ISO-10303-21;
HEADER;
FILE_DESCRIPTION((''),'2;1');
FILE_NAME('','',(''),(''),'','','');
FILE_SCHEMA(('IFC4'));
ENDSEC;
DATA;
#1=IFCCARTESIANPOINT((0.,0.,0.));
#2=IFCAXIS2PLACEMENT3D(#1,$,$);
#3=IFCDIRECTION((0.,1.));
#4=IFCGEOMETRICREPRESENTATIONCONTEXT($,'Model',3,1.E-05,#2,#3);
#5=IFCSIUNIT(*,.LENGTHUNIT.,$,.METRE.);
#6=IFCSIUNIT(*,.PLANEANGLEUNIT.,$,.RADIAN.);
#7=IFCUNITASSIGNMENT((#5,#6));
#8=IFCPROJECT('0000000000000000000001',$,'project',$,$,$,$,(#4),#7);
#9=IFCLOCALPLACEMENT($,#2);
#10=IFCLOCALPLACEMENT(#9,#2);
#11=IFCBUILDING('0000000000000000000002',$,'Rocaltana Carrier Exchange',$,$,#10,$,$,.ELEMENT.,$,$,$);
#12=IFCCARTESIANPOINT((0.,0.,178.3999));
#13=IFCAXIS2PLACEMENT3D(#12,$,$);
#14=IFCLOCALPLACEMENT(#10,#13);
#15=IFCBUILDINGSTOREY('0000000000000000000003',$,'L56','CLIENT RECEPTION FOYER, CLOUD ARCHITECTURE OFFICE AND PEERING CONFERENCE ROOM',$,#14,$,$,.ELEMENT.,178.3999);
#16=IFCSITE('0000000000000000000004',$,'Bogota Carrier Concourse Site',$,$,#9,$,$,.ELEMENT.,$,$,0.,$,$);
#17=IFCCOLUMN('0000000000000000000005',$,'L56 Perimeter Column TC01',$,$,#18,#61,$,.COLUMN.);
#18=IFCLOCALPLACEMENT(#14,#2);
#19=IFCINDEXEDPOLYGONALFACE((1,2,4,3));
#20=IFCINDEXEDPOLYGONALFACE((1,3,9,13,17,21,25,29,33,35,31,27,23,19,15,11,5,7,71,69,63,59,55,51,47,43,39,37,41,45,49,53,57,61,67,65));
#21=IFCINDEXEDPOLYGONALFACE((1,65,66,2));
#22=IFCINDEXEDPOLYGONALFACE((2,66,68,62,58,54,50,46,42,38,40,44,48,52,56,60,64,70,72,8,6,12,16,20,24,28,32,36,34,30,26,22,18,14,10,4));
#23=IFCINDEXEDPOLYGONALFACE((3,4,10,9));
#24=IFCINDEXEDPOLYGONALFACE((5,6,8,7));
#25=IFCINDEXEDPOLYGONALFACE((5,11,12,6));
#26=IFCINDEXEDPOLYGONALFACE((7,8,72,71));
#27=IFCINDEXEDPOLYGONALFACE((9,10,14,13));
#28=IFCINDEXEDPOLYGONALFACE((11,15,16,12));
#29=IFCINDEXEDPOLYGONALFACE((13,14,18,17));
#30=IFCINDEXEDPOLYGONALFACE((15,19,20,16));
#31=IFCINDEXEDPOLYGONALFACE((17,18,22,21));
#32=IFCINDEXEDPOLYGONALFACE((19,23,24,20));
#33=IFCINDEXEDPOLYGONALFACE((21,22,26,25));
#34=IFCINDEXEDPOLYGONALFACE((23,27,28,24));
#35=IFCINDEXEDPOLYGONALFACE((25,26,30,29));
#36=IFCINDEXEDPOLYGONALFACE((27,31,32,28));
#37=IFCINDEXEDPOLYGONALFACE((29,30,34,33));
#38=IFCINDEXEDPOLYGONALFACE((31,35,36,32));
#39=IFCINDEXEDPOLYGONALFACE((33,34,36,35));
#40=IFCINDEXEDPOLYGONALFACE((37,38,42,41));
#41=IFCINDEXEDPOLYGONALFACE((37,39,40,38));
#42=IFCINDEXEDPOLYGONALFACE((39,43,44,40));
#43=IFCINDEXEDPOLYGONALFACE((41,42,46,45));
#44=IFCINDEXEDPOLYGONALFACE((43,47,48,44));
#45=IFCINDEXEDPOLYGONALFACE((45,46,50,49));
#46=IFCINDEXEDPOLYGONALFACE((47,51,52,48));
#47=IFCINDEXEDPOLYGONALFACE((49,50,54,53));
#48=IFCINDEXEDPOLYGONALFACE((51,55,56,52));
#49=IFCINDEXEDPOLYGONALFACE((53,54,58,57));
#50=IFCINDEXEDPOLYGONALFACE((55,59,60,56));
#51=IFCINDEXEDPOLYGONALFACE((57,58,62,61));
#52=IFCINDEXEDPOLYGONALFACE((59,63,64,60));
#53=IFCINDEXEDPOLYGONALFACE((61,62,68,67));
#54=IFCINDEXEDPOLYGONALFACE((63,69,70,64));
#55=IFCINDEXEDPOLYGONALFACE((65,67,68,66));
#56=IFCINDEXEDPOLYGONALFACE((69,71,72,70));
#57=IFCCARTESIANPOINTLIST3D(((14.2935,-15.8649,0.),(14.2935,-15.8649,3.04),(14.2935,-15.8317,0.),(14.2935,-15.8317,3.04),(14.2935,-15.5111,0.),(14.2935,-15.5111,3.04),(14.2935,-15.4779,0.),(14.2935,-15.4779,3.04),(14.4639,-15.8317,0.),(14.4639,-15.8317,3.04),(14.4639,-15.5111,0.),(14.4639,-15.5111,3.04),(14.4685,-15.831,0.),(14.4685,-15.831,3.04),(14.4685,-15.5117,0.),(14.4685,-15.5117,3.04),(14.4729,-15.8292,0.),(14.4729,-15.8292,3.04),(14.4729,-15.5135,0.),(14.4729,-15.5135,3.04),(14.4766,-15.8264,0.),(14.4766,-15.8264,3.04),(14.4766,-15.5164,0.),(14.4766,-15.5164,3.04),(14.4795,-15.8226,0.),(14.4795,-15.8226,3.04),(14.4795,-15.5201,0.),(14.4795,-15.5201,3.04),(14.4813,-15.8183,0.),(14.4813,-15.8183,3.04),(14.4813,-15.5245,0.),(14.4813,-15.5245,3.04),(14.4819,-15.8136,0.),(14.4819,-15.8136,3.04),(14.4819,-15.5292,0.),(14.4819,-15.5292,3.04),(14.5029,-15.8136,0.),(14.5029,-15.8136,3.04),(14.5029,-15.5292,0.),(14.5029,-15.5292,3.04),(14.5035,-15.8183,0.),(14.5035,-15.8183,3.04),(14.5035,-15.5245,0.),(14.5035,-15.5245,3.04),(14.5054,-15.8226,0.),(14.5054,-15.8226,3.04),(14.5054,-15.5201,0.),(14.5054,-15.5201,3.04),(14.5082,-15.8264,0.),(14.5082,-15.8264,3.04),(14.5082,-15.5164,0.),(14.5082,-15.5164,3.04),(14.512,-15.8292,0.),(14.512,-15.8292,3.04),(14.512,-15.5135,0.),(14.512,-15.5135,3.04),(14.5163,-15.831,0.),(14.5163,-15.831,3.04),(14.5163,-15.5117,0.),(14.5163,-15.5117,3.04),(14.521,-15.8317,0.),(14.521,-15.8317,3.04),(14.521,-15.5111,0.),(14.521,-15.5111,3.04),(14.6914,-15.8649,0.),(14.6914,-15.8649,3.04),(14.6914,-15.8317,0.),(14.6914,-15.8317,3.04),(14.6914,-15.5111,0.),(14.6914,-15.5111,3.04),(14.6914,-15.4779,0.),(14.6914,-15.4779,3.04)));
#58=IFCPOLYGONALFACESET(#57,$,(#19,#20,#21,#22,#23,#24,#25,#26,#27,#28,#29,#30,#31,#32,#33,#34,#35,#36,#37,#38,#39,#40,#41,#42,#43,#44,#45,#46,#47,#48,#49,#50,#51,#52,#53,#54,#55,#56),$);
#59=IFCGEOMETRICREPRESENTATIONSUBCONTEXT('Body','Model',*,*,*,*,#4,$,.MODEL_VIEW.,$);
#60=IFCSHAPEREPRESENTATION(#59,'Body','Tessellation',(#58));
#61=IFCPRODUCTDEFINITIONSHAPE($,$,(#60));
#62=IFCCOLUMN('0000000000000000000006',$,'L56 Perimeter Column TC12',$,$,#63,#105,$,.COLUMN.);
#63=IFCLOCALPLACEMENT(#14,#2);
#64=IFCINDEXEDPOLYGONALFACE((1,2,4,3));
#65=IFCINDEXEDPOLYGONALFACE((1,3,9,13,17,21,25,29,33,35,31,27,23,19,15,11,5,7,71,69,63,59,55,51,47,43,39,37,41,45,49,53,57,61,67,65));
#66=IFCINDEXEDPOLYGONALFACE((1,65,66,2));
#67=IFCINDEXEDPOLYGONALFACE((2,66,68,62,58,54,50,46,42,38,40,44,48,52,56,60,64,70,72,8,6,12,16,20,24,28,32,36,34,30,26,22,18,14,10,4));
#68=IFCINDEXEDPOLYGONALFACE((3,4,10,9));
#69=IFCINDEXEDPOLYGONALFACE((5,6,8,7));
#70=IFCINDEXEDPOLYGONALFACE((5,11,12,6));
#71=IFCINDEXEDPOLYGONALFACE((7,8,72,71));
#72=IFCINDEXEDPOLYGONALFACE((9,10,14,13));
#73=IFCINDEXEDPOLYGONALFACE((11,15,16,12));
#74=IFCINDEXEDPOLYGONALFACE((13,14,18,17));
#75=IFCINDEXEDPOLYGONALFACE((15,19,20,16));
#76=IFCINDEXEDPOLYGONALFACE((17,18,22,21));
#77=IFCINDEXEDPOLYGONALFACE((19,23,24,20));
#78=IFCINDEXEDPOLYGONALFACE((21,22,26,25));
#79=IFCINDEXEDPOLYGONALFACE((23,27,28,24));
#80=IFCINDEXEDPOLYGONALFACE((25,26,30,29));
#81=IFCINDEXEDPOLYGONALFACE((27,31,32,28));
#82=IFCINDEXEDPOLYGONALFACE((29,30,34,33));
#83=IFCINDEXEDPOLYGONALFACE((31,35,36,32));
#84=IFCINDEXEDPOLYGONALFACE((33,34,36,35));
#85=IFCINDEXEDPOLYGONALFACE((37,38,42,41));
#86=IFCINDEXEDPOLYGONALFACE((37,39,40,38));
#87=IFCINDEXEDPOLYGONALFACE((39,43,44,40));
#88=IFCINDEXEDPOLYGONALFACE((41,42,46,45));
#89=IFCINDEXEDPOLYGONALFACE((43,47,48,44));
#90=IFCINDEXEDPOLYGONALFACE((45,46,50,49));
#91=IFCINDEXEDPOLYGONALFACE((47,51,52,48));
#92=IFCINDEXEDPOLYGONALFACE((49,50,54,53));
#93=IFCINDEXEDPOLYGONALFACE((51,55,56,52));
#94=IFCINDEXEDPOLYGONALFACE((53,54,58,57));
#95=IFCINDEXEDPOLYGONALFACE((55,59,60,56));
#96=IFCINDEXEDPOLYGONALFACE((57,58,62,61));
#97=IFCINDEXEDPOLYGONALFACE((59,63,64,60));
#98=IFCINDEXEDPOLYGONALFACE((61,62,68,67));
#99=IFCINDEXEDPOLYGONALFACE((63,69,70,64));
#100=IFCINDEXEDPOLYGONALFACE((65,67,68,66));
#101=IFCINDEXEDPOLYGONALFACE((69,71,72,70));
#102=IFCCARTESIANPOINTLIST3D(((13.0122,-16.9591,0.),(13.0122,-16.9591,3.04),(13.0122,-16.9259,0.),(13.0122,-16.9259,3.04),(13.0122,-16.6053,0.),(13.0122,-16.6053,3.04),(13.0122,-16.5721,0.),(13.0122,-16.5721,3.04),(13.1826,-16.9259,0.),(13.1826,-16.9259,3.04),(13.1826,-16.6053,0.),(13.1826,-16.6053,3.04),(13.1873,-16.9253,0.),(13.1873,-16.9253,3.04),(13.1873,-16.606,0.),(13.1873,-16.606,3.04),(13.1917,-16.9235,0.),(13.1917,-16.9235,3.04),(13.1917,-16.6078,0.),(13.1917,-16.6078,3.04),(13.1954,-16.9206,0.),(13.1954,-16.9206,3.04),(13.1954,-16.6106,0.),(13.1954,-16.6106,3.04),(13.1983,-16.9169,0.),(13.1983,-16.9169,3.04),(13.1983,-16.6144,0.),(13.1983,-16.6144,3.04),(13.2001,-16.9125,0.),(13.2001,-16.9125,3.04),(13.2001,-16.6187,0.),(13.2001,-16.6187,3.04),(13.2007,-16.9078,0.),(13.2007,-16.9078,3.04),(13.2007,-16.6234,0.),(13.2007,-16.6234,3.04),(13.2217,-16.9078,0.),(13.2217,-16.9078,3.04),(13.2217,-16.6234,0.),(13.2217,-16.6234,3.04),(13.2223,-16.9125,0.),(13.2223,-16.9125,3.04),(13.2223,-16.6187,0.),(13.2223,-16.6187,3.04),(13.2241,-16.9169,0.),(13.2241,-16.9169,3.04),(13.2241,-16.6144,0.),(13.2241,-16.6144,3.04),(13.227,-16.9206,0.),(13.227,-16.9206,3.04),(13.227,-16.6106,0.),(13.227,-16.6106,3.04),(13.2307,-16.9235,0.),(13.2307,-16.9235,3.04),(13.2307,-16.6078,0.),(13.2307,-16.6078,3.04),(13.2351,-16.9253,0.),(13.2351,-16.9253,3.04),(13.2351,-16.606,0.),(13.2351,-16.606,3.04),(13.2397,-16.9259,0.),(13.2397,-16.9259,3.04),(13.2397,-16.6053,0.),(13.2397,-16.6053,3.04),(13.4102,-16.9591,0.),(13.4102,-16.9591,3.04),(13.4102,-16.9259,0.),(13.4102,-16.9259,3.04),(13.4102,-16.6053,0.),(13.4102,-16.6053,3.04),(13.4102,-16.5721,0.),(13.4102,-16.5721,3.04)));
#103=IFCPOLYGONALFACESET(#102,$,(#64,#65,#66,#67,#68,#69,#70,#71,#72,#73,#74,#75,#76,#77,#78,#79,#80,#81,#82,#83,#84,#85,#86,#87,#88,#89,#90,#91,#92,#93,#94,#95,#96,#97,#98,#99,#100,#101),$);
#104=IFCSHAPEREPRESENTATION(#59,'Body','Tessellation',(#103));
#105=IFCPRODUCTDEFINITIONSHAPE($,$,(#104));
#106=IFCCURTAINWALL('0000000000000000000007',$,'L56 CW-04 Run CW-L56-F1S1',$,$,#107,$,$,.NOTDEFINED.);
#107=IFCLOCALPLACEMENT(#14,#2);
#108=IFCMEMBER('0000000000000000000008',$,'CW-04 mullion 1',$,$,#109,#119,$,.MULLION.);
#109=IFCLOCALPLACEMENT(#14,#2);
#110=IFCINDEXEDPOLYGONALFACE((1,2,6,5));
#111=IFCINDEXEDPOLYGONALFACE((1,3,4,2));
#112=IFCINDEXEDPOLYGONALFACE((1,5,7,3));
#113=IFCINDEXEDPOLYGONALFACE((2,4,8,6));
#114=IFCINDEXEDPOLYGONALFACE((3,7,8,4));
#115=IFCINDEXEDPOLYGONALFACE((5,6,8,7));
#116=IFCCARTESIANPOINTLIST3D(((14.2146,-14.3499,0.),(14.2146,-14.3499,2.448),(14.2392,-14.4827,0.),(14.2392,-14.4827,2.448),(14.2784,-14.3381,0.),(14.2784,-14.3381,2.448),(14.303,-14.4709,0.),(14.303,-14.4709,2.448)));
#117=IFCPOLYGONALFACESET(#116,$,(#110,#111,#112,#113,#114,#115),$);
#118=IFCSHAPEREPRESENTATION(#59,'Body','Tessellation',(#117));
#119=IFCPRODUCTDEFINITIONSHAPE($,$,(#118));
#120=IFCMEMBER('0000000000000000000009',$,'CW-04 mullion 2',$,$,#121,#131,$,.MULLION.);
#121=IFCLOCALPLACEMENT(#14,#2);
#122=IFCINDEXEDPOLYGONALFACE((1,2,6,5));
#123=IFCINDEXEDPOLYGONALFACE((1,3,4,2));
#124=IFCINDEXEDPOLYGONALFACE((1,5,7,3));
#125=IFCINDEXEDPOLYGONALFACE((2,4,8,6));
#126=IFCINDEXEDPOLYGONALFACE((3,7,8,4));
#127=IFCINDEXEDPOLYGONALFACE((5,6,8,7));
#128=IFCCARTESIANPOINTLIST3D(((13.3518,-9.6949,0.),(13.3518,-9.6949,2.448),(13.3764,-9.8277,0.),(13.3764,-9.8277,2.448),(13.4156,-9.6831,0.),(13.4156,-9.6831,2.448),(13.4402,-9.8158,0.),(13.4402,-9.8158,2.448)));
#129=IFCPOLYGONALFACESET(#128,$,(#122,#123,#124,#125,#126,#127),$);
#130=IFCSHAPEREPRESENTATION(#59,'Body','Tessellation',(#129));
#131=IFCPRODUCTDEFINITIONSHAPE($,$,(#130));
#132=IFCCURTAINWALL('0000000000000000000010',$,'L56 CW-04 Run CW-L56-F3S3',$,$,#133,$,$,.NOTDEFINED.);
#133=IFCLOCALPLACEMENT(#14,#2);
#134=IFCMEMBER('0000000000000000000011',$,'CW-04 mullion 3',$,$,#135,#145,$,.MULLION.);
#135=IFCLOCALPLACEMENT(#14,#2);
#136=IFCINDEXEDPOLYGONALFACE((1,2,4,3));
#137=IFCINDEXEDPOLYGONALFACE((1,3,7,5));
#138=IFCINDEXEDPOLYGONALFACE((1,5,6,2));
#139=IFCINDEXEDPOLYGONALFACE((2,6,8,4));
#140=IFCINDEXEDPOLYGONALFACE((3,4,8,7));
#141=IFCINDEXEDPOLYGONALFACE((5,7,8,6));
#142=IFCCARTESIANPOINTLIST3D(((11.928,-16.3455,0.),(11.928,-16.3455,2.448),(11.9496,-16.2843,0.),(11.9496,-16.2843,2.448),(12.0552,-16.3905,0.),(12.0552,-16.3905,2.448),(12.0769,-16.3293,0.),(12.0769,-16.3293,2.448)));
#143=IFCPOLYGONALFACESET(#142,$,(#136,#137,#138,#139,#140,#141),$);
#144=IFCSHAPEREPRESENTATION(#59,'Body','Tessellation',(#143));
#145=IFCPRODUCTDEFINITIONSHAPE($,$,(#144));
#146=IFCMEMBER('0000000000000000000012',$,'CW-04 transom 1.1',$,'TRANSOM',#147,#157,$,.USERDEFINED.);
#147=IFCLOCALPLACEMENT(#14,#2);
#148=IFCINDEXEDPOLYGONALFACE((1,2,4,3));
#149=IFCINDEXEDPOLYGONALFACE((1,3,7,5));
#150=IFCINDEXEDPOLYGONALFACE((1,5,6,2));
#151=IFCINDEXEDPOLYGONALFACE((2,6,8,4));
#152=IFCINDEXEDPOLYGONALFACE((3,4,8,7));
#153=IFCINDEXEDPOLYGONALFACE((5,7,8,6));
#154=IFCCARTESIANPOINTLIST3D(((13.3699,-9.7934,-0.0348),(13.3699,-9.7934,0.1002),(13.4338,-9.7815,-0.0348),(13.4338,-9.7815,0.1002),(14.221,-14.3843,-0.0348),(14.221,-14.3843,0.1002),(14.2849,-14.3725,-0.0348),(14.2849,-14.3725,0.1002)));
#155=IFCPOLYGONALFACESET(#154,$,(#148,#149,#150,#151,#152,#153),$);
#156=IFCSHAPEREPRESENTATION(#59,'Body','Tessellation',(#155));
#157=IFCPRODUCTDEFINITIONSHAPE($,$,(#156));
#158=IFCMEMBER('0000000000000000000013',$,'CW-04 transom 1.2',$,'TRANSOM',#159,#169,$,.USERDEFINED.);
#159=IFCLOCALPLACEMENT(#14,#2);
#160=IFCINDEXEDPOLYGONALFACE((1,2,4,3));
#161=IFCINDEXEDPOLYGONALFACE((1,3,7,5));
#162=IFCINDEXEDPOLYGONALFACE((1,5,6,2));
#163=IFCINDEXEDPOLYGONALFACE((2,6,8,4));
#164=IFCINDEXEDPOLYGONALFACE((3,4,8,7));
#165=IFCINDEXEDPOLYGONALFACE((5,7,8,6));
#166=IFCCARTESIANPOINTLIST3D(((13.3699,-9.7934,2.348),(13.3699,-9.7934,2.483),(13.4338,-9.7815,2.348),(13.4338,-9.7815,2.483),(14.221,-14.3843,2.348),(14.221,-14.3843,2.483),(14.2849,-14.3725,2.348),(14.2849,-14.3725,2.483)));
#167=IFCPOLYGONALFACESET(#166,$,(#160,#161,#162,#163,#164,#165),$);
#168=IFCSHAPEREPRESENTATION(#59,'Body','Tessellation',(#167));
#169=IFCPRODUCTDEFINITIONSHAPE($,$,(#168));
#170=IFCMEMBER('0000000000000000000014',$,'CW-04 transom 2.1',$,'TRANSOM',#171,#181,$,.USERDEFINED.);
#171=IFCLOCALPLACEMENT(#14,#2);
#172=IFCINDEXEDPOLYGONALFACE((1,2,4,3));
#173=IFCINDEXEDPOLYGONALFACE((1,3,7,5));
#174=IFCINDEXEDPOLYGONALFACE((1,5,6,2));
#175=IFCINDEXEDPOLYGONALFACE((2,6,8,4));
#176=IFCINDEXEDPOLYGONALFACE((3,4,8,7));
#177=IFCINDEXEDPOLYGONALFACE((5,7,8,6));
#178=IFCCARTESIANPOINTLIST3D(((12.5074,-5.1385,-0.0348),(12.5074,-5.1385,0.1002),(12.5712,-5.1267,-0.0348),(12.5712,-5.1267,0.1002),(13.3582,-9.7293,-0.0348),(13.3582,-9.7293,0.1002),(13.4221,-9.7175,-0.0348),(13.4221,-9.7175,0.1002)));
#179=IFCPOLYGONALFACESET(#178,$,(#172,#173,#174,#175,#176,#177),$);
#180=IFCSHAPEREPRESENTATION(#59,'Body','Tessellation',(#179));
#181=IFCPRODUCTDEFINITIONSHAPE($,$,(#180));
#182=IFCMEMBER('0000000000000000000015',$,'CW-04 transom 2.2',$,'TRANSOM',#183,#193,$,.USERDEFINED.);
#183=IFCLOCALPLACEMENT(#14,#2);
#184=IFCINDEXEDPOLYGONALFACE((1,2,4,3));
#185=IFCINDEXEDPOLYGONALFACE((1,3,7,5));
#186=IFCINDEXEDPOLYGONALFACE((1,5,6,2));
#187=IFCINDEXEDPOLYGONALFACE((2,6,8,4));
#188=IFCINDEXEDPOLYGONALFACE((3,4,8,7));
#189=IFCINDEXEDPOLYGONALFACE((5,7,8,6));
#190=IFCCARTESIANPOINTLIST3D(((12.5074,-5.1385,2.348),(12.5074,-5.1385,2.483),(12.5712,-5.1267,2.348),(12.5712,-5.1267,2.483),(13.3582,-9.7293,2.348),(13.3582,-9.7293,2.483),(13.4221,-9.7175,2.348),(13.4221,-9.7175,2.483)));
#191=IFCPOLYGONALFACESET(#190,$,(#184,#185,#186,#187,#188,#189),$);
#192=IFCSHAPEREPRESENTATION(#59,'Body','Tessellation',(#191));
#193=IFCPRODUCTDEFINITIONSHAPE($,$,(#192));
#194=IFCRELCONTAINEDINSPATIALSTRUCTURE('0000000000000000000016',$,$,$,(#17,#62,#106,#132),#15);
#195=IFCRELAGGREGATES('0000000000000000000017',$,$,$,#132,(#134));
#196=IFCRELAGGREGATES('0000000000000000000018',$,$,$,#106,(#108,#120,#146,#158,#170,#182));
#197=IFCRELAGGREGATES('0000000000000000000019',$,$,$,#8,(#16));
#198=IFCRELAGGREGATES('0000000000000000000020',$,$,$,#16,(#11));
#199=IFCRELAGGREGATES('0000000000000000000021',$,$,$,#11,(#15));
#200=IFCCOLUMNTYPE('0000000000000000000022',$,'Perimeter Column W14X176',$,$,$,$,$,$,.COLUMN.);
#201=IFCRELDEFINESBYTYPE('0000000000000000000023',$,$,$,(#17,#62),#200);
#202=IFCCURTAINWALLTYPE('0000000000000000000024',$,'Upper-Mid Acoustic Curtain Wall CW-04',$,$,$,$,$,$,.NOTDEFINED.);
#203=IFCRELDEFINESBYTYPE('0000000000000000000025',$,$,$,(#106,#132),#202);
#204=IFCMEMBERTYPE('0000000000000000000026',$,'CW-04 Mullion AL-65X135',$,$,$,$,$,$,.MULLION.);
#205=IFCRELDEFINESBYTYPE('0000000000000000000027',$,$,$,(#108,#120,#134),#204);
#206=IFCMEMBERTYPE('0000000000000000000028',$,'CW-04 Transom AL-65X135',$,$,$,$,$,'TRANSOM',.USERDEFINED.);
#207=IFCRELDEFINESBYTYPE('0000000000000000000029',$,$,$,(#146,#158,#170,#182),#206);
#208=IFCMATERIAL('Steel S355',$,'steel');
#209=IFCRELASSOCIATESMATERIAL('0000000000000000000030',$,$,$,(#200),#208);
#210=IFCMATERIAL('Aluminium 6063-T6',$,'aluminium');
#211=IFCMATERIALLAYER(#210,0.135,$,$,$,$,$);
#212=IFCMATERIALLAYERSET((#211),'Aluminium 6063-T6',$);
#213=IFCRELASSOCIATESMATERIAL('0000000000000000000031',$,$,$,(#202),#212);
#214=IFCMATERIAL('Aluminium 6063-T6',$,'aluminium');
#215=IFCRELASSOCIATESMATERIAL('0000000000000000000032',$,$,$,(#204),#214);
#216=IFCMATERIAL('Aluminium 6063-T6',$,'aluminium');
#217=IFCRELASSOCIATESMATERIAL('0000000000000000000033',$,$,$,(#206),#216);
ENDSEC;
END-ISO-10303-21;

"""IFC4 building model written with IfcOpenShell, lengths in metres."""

from ifc_helpers import new_model, si_unit, direction, frame, origin, origin_2d, place, context, subcontext, project, spatial, rectangle, i_section, extrude, material, layer, layer_set, material_profile, profile_set, type_object, element, aggregate, save


model = new_model("IFC4")

# Units and contexts
model_context = context("Model", 3, precision=1e-05, world=origin(), true_north=direction((0.0, 1.0)))
body_context = subcontext(model_context, "Body", "Model", "MODEL_VIEW")
ifc_project = project(units=[si_unit("LENGTHUNIT", "METRE"), si_unit("PLANEANGLEUNIT", "RADIAN")], contexts=[model_context])

# Site, building, storey
site_placement = place(None, origin())
site = spatial("IfcSite", under=ifc_project, at=site_placement, Name="Bogota Carrier Concourse Site", CompositionType="ELEMENT", RefElevation=0.0)
building_placement = place(site_placement, origin())
building = spatial("IfcBuilding", under=site, at=building_placement, Name="Rocaltana Carrier Exchange", CompositionType="ELEMENT")
storey_placement = place(building_placement, frame((0.0, 0.0, 178.3999)))
storey = spatial("IfcBuildingStorey", under=building, at=storey_placement, Name="L56", Description="CLIENT RECEPTION FOYER, CLOUD ARCHITECTURE OFFICE AND PEERING CONFERENCE ROOM", CompositionType="ELEMENT", Elevation=178.3999)

# Columns
ifc_material_1 = material(Name="Steel S355", Category="steel")
ifc_material_profile_1 = material_profile(ifc_material_1, i_section(OverallWidth=0.3979, OverallDepth=0.387, WebThickness=0.021, FlangeThickness=0.0332, FilletRadius=0.0181, at=origin_2d()), Name="W14X176")
ifc_profile_set_1 = profile_set([ifc_material_profile_1], Name="Steel S355")
column_type = type_object("IfcColumnType", Name="Perimeter Column W14X176", PredefinedType="COLUMN", material=ifc_profile_set_1)
for number, where, z_axis, x_axis, name in (
    (1, (14.4924, -15.6714, 0.0), (0.0, 0.0, 1.0), (1.0, 0.0, 0.0), "L56 Perimeter Column TC01"),
    (2, (13.2112, -16.7656, 0.0), (0.0, 0.0, 1.0), (1.0, 0.0, 0.0), "L56 Perimeter Column TC12"),
):
    element("IfcColumn", number, at=place(storey_placement, frame(where, z_axis=z_axis, x_axis=x_axis)), inside=storey, type_object=column_type, Name=name, PredefinedType="COLUMN", context=body_context, shape_type="SweptSolid", body=[
        extrude(i_section(OverallWidth=0.3979, OverallDepth=0.387, WebThickness=0.021, FlangeThickness=0.0332, FilletRadius=0.0181, at=origin_2d()), origin(), (0.0, 0.0, 1.0), 3.04),
    ])

# Curtain wall, members
ifc_material_2 = material(Name="Aluminium 6063-T6", Category="aluminium")
ifc_layer_1 = layer(ifc_material_2, 0.135)
ifc_layer_set_1 = layer_set([ifc_layer_1], Name="Aluminium 6063-T6")
curtain_wall_type = type_object("IfcCurtainWallType", Name="Upper-Mid Acoustic Curtain Wall CW-04", PredefinedType="NOTDEFINED", material=ifc_layer_set_1)
curtain_wall_1_placement = place(storey_placement, origin())
curtain_wall_1 = element("IfcCurtainWall", 3, at=curtain_wall_1_placement, inside=storey, type_object=curtain_wall_type, Name="L56 CW-04 Run CW-L56-F1S1", PredefinedType="NOTDEFINED")
ifc_material_3 = material(Name="Aluminium 6063-T6", Category="aluminium")
ifc_material_profile_2 = material_profile(ifc_material_3, rectangle(XDim=0.0649, YDim=0.135, at=origin_2d()), Name="AL-65X135")
ifc_profile_set_2 = profile_set([ifc_material_profile_2], Name="Aluminium 6063-T6")
member_type_1 = type_object("IfcMemberType", Name="CW-04 Mullion AL-65X135", PredefinedType="MULLION", material=ifc_profile_set_2)
member_1_placement = place(storey_placement, frame((14.2588, -14.4104, 0.0), z_axis=(0.0, 0.0, 1.0), x_axis=(-0.983255, -0.182234, 0.0)))
member_1 = element("IfcMember", 4, at=member_1_placement, type_object=member_type_1, Name="CW-04 mullion 1", PredefinedType="MULLION", context=body_context, shape_type="SweptSolid", body=[
    extrude(rectangle(XDim=0.0649, YDim=0.135, at=origin_2d()), origin(), (0.0, 0.0, 1.0), 2.448),
])
member_2_placement = place(storey_placement, frame((13.396, -9.7554, 0.0), z_axis=(0.0, 0.0, 1.0), x_axis=(-0.983255, -0.182234, 0.0)))
member_2 = element("IfcMember", 5, at=member_2_placement, type_object=member_type_1, Name="CW-04 mullion 2", PredefinedType="MULLION", context=body_context, shape_type="SweptSolid", body=[
    extrude(rectangle(XDim=0.0649, YDim=0.135, at=origin_2d()), origin(), (0.0, 0.0, 1.0), 2.448),
])

# Curtain wall, member
curtain_wall_2_placement = place(storey_placement, origin())
curtain_wall_2 = element("IfcCurtainWall", 6, at=curtain_wall_2_placement, inside=storey, type_object=curtain_wall_type, Name="L56 CW-04 Run CW-L56-F3S3", PredefinedType="NOTDEFINED")
member_3_placement = place(storey_placement, frame((12.0024, -16.3374, 0.0), z_axis=(0.0, 0.0, 1.0), x_axis=(0.333799, 0.942644, 0.0)))
member_3 = element("IfcMember", 7, at=member_3_placement, type_object=member_type_1, Name="CW-04 mullion 3", PredefinedType="MULLION", context=body_context, shape_type="SweptSolid", body=[
    extrude(rectangle(XDim=0.0649, YDim=0.135, at=origin_2d()), origin(), (0.0, 0.0, 1.0), 2.448),
])
aggregate(curtain_wall_2, [member_3])

# Members
ifc_material_4 = material(Name="Aluminium 6063-T6", Category="aluminium")
ifc_material_profile_3 = material_profile(ifc_material_4, rectangle(XDim=0.0649, YDim=0.135, at=origin_2d()), Name="AL-65X135")
ifc_profile_set_3 = profile_set([ifc_material_profile_3], Name="Aluminium 6063-T6")
member_type_2 = type_object("IfcMemberType", Name="CW-04 Transom AL-65X135", ElementType="TRANSOM", PredefinedType="USERDEFINED", material=ifc_profile_set_3)
member_4_placement = place(storey_placement, frame((14.2529, -14.3784, 0.0327), z_axis=(-0.182271, 0.983248, 0.0), x_axis=(-0.983248, -0.182271, 0.0)))
member_4 = element("IfcMember", 8, at=member_4_placement, type_object=member_type_2, Name="CW-04 transom 1.1", ObjectType="TRANSOM", PredefinedType="USERDEFINED", context=body_context, shape_type="SweptSolid", body=[
    extrude(rectangle(XDim=0.0649, YDim=0.135, at=origin_2d()), origin(), (0.0, 0.0, 1.0), 4.6692),
])
member_5_placement = place(storey_placement, frame((14.2529, -14.3784, 2.4155), z_axis=(-0.182271, 0.983248, 0.0), x_axis=(-0.983248, -0.182271, 0.0)))
member_5 = element("IfcMember", 9, at=member_5_placement, type_object=member_type_2, Name="CW-04 transom 1.2", ObjectType="TRANSOM", PredefinedType="USERDEFINED", context=body_context, shape_type="SweptSolid", body=[
    extrude(rectangle(XDim=0.0649, YDim=0.135, at=origin_2d()), origin(), (0.0, 0.0, 1.0), 4.6692),
])
member_6_placement = place(storey_placement, frame((13.3901, -9.7234, 0.0327), z_axis=(-0.18223, 0.983256, 0.0), x_axis=(-0.983256, -0.18223, 0.0)))
member_6 = element("IfcMember", 10, at=member_6_placement, type_object=member_type_2, Name="CW-04 transom 2.1", ObjectType="TRANSOM", PredefinedType="USERDEFINED", context=body_context, shape_type="SweptSolid", body=[
    extrude(rectangle(XDim=0.0649, YDim=0.135, at=origin_2d()), origin(), (0.0, 0.0, 1.0), 4.6689),
])
member_7_placement = place(storey_placement, frame((13.3901, -9.7234, 2.4155), z_axis=(-0.18223, 0.983256, 0.0), x_axis=(-0.983256, -0.18223, 0.0)))
member_7 = element("IfcMember", 11, at=member_7_placement, type_object=member_type_2, Name="CW-04 transom 2.2", ObjectType="TRANSOM", PredefinedType="USERDEFINED", context=body_context, shape_type="SweptSolid", body=[
    extrude(rectangle(XDim=0.0649, YDim=0.135, at=origin_2d()), origin(), (0.0, 0.0, 1.0), 4.6689),
])

aggregate(curtain_wall_1, [member_1, member_2, member_4, member_5, member_6, member_7])

save(model, "model.ifc")
